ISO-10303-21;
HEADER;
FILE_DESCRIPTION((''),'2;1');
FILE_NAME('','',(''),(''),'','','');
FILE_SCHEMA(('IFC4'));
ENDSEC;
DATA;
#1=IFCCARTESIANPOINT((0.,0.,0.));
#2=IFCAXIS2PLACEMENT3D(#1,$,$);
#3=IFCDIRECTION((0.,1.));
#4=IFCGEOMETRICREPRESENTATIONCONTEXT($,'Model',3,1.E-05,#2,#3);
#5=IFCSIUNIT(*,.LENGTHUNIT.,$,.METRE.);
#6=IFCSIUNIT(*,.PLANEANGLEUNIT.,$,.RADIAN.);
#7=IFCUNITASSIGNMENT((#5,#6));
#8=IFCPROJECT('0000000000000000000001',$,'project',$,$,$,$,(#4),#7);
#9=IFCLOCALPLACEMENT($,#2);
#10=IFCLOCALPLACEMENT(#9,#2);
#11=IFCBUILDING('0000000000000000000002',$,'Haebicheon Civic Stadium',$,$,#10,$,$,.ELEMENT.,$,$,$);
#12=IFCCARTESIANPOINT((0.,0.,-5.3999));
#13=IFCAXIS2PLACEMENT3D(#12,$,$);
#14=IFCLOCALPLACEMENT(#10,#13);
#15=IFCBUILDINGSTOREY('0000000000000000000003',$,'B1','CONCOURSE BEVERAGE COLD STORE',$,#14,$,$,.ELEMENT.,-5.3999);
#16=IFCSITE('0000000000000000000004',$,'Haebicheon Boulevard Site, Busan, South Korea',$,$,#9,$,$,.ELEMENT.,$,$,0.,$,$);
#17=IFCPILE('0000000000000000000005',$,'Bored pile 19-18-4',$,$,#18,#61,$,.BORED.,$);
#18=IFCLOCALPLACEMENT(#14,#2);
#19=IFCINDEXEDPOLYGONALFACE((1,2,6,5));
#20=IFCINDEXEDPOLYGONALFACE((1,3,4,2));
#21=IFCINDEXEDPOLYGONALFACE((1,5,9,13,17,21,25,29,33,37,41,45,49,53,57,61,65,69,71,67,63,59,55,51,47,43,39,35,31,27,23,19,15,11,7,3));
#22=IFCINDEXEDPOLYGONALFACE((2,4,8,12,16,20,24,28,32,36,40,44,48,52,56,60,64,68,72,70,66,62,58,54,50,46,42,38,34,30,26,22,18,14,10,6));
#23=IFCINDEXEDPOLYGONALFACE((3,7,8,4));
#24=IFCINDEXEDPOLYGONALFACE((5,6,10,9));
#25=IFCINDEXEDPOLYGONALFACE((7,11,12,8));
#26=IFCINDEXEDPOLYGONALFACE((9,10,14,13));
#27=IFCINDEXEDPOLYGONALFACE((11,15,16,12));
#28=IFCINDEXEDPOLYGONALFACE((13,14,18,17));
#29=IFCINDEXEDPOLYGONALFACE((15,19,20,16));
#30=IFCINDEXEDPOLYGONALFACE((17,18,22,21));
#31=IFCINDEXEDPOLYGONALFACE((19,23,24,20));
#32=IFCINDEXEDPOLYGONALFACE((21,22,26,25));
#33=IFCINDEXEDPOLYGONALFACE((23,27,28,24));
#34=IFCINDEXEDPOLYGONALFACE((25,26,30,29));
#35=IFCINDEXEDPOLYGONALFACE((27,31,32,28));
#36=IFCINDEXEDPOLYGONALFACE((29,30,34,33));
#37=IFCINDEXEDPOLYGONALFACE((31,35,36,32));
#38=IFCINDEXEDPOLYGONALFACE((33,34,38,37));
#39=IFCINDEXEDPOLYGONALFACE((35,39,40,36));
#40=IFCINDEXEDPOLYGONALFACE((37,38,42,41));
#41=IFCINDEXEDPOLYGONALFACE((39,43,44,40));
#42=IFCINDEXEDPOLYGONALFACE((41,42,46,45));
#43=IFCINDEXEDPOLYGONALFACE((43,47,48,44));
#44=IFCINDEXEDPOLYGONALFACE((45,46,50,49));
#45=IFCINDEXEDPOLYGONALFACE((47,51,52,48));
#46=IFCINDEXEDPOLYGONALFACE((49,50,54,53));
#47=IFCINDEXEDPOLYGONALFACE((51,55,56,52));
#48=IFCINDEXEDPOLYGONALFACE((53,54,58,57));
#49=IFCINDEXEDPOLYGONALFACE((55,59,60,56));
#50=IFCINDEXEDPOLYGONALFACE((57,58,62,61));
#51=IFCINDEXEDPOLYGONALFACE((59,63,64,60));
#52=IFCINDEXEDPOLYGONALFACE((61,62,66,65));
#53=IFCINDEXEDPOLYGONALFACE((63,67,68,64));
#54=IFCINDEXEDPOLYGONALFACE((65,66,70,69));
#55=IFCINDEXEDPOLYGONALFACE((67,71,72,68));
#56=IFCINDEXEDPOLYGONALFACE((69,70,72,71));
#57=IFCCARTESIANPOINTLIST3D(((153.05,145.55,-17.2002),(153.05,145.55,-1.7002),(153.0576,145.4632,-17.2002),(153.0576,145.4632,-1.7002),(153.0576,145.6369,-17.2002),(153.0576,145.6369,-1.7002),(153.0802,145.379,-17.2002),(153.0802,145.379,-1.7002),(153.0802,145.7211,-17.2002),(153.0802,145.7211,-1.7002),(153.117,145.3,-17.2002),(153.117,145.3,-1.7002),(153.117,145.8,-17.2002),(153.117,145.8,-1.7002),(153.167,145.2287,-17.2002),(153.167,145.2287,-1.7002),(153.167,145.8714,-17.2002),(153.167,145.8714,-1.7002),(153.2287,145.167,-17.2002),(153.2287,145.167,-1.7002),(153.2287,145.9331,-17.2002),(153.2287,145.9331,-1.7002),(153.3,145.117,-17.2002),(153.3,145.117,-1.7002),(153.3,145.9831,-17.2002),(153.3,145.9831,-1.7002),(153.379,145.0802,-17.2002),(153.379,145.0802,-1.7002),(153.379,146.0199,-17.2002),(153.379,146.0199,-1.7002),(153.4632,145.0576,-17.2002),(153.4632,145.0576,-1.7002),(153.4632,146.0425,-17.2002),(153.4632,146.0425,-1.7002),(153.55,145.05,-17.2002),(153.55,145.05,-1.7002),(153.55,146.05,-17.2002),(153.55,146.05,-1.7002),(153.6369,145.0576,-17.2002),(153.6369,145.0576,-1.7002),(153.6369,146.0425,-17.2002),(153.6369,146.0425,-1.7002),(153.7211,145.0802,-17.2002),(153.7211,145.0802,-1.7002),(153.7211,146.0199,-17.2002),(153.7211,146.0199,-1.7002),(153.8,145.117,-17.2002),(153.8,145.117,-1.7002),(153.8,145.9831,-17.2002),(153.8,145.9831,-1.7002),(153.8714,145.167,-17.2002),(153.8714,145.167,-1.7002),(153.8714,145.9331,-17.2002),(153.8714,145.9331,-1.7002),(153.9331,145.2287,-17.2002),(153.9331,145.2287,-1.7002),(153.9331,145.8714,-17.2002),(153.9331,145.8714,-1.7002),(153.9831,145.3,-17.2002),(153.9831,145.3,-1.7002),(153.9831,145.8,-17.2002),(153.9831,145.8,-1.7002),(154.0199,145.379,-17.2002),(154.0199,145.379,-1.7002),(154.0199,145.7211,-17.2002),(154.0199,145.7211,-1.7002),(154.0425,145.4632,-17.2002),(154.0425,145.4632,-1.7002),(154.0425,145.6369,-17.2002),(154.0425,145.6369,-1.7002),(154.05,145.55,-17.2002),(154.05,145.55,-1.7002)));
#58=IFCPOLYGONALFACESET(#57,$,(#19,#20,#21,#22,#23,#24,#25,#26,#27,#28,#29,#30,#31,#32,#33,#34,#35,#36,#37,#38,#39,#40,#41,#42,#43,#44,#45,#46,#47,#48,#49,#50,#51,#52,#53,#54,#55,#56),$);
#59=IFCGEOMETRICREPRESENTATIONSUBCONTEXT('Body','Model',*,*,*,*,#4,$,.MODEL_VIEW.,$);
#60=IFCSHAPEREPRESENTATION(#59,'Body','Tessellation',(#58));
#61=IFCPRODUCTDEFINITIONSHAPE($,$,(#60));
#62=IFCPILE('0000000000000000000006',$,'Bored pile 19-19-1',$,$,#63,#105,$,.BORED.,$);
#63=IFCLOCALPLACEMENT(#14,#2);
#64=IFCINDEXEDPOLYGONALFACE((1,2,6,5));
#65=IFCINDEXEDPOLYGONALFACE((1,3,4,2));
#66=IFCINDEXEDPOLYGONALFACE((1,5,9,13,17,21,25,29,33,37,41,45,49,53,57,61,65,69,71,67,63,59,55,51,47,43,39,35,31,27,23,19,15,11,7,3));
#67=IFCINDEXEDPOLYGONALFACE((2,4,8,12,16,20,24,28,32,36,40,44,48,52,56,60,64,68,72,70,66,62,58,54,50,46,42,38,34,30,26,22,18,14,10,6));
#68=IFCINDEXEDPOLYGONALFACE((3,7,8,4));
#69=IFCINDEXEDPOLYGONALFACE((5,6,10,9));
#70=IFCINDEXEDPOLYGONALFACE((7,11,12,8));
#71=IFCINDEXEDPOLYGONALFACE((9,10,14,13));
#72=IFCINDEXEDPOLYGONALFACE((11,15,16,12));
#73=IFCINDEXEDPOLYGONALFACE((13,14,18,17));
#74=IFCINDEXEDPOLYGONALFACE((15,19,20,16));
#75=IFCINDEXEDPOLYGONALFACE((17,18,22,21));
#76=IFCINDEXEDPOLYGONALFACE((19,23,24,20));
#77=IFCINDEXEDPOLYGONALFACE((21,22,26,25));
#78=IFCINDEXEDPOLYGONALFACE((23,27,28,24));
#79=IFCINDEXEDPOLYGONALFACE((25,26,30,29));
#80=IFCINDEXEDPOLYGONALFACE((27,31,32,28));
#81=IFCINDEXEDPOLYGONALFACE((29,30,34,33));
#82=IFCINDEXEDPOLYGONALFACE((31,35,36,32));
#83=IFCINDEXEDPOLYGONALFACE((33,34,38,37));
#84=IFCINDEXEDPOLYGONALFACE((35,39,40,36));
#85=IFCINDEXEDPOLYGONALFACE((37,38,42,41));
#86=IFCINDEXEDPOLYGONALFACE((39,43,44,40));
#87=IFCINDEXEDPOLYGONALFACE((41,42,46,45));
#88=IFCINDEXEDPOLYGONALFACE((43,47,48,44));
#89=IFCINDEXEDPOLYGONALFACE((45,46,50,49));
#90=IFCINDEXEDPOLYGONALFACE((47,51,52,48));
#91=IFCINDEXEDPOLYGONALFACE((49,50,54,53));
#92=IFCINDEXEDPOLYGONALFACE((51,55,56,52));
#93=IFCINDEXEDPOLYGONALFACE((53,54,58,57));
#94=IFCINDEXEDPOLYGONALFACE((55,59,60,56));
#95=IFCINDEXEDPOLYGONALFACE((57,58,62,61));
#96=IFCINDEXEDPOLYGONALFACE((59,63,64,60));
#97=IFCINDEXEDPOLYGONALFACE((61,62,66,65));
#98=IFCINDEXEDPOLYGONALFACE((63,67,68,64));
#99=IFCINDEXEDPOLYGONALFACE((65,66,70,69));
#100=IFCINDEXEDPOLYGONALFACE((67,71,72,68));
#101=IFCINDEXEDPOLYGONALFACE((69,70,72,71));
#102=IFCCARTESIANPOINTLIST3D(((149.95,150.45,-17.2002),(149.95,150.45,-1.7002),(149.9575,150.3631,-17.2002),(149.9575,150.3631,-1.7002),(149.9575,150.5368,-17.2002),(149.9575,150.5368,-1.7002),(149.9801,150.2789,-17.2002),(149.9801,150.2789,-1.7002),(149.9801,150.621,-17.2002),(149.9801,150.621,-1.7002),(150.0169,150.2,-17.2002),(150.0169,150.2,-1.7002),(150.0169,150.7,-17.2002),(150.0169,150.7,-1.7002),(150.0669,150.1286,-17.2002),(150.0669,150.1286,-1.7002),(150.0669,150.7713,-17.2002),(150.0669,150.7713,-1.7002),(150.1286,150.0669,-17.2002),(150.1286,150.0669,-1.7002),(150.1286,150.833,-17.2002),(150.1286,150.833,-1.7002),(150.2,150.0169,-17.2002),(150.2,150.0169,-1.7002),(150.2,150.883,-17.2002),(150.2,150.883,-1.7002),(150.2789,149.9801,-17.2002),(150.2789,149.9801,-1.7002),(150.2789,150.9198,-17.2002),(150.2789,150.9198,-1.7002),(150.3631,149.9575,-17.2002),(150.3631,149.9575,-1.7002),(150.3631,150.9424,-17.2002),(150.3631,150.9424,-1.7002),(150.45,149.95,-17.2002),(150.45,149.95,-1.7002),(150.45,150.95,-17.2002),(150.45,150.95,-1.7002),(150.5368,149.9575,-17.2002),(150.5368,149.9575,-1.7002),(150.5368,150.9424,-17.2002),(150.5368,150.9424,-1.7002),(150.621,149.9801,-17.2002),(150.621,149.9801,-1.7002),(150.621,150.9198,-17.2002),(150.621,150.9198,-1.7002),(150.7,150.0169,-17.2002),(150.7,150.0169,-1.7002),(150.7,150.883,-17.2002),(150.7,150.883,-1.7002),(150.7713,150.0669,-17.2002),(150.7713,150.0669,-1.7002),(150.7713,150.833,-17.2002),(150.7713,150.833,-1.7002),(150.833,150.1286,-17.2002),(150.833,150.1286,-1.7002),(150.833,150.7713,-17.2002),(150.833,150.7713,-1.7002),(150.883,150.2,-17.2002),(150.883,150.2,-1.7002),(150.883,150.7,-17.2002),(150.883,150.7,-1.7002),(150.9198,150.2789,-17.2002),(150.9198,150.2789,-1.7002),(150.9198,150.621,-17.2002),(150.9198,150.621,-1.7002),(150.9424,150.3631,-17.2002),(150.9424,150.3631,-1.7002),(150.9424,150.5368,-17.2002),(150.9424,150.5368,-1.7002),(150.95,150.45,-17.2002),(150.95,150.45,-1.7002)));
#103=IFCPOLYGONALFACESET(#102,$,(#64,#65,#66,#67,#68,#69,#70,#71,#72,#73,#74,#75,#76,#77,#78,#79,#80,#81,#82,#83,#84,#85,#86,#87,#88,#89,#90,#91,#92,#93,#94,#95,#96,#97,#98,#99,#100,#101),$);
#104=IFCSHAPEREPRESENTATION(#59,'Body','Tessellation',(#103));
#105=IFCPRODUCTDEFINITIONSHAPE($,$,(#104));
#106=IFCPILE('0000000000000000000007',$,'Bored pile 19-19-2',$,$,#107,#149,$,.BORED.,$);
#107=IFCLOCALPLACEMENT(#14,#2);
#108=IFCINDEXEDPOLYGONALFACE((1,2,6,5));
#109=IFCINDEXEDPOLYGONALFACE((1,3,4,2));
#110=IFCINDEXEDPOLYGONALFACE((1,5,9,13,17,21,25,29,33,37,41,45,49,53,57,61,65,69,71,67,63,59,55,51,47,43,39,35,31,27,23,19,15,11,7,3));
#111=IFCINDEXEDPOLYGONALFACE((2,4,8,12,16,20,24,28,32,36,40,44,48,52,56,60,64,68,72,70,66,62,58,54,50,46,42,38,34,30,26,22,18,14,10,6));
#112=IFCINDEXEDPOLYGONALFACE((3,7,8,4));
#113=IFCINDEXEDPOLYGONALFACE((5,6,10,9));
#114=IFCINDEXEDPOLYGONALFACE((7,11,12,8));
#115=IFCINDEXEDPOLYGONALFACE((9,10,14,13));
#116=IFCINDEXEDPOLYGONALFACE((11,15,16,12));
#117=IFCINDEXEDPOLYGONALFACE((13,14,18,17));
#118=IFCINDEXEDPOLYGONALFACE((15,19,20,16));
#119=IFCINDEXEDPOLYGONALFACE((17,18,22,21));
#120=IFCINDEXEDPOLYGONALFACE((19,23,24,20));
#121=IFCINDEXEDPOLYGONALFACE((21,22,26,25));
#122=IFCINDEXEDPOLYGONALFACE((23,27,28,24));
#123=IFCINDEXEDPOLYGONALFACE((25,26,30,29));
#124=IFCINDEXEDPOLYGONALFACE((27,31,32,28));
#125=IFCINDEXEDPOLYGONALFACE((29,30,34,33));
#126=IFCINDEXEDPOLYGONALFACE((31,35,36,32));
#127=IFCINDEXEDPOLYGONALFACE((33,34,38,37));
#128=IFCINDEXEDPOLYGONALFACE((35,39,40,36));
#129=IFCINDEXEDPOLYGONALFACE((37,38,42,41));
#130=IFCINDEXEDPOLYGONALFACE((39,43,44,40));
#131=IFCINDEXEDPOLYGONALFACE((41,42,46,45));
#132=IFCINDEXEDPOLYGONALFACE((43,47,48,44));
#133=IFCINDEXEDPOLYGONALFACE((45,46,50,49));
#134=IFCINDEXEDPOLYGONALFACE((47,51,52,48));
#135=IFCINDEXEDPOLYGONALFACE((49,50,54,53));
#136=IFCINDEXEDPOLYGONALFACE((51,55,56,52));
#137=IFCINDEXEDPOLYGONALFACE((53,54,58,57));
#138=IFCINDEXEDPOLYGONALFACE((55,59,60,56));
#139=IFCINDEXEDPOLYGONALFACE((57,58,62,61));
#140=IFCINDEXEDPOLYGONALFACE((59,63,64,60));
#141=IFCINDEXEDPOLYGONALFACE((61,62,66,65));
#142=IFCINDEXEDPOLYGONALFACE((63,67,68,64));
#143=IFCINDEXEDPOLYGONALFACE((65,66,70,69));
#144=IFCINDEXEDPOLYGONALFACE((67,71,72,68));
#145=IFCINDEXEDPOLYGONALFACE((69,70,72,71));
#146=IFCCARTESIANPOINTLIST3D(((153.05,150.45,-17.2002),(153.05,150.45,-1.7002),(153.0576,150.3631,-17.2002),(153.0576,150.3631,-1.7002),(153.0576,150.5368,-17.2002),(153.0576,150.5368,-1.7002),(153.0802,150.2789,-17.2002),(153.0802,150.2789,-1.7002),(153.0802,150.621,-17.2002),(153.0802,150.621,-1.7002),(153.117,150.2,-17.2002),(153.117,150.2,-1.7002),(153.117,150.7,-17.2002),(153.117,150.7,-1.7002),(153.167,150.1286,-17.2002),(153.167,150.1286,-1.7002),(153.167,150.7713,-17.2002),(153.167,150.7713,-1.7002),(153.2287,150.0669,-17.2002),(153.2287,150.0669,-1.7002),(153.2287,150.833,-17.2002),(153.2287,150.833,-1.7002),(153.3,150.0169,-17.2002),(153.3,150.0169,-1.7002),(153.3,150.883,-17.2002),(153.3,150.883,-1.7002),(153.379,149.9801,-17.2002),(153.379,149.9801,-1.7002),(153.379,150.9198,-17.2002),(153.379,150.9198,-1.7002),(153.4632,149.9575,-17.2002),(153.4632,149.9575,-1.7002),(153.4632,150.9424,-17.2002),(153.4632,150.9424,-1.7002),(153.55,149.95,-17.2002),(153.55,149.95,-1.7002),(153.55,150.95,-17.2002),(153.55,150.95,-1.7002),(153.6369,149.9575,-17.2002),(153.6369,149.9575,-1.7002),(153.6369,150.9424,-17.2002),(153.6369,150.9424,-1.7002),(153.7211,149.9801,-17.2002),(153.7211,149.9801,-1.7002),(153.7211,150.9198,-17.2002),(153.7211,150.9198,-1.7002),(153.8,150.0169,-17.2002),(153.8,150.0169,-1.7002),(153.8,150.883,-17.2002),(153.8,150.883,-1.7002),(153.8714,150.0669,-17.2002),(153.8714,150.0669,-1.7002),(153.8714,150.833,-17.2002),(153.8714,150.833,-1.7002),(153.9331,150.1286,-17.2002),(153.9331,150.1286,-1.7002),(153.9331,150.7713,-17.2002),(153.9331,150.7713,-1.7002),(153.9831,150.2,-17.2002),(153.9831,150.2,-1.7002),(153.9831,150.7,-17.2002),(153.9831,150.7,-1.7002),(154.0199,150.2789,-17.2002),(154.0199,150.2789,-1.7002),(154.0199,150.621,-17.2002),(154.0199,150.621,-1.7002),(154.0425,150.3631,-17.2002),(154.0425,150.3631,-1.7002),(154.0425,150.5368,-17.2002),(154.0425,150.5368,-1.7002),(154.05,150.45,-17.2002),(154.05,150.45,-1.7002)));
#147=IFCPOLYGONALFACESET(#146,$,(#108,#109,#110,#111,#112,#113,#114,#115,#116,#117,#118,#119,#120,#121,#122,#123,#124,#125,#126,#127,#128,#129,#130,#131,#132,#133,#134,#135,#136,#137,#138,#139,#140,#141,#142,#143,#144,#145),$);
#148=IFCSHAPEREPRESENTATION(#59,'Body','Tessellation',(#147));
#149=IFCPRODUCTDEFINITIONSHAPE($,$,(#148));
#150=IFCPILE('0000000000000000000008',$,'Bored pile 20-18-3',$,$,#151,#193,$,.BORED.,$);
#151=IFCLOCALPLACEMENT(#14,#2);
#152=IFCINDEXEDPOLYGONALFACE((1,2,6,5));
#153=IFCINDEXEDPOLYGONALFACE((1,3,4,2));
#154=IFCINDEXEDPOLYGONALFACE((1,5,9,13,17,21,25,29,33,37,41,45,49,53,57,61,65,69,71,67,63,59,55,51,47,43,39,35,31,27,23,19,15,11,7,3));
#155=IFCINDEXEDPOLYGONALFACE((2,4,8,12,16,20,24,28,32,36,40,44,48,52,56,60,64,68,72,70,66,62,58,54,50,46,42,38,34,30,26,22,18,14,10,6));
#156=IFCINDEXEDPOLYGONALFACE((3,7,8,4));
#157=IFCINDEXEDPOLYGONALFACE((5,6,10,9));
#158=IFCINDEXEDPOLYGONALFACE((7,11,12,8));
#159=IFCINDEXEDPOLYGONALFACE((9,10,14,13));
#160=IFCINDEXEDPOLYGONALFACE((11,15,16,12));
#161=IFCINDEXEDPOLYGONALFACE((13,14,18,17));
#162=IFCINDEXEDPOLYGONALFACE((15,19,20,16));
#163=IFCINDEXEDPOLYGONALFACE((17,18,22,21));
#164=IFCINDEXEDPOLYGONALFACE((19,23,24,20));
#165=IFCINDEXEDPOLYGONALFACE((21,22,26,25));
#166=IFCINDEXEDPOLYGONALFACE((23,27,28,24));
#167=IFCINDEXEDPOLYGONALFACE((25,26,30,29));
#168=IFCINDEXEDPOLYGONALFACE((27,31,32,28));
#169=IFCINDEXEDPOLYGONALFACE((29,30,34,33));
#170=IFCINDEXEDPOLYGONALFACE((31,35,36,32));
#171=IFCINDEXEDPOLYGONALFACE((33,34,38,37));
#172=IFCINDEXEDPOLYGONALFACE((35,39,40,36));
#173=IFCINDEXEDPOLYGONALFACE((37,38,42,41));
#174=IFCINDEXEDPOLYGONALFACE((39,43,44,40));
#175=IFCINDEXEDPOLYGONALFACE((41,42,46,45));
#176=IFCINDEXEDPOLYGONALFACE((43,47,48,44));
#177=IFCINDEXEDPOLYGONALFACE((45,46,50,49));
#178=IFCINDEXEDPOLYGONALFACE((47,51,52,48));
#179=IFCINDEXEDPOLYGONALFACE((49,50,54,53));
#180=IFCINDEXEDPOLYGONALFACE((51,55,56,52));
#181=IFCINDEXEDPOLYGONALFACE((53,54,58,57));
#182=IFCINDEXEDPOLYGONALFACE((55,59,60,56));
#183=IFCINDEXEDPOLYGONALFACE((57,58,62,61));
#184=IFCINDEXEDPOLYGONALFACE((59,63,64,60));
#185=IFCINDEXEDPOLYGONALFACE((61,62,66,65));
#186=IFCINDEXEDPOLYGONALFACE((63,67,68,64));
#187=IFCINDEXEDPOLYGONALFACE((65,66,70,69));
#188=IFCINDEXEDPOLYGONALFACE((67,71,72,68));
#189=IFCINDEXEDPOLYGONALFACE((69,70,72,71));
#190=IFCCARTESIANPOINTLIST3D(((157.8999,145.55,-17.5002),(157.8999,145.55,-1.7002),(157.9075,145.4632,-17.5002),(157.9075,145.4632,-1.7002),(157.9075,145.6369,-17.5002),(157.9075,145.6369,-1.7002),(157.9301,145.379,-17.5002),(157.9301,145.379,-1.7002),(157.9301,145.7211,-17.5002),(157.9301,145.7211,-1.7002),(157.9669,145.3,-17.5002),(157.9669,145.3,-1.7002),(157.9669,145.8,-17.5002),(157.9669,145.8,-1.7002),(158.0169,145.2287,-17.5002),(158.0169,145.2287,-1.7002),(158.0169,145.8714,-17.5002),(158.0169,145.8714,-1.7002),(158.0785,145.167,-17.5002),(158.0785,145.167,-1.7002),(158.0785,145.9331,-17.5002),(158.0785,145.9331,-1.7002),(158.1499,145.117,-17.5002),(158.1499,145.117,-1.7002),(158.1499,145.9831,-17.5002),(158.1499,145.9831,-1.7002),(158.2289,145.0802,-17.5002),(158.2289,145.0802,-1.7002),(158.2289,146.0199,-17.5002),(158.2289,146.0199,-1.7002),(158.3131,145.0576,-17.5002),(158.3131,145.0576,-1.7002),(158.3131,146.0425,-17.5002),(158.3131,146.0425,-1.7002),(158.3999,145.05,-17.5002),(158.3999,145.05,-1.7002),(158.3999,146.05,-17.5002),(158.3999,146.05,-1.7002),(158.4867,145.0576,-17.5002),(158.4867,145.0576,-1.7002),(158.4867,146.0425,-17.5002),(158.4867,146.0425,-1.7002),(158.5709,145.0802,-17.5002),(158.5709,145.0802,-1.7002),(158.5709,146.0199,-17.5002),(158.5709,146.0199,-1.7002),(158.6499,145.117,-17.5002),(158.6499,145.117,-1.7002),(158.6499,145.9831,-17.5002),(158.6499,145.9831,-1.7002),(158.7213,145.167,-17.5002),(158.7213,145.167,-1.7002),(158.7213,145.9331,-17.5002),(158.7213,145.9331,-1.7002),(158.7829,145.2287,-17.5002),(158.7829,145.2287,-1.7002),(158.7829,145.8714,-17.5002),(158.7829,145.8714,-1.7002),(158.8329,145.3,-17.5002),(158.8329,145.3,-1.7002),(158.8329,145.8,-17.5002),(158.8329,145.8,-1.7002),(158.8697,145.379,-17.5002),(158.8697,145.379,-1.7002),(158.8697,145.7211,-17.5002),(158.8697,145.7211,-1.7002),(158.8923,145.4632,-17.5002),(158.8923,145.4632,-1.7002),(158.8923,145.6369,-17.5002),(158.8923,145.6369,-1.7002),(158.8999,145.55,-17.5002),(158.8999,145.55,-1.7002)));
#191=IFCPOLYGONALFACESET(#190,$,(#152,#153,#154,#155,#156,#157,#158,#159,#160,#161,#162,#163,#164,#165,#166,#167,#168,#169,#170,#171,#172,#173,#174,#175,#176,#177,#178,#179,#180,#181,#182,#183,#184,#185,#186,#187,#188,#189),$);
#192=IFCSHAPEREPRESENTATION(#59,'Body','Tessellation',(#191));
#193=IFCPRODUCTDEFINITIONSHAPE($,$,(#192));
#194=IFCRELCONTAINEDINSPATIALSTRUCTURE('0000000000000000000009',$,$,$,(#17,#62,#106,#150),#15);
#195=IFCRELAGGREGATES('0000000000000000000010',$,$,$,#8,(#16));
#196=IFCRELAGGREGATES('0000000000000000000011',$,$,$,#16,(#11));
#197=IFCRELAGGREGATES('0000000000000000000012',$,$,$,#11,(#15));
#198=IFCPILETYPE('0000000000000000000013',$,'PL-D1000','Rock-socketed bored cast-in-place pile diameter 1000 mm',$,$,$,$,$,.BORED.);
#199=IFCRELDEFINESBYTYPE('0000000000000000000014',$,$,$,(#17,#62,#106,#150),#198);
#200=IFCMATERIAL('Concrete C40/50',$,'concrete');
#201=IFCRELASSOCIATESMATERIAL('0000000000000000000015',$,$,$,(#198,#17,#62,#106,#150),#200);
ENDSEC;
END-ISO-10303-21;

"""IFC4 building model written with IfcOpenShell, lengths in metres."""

from ifc_helpers import new_model, si_unit, direction, frame, origin, origin_2d, place, context, subcontext, project, spatial, circle, extrude, material, material_profile, profile_set, type_object, element, save


model = new_model("IFC4")

# Units and contexts
model_context = context("Model", 3, precision=1e-05, world=origin(), true_north=direction((0.0, 1.0)))
body_context = subcontext(model_context, "Body", "Model", "MODEL_VIEW")
ifc_project = project(units=[si_unit("LENGTHUNIT", "METRE"), si_unit("PLANEANGLEUNIT", "RADIAN")], contexts=[model_context])

# Site, building, storey
site_placement = place(None, origin())
site = spatial("IfcSite", under=ifc_project, at=site_placement, Name="Haebicheon Boulevard Site, Busan, South Korea", CompositionType="ELEMENT", RefElevation=0.0)
building_placement = place(site_placement, origin())
building = spatial("IfcBuilding", under=site, at=building_placement, Name="Haebicheon Civic Stadium", CompositionType="ELEMENT")
storey_placement = place(building_placement, frame((0.0, 0.0, -5.3999)))
storey = spatial("IfcBuildingStorey", under=building, at=storey_placement, Name="B1", Description="CONCOURSE BEVERAGE COLD STORE", CompositionType="ELEMENT", Elevation=-5.3999)

# Piles
ifc_material_1 = material(Name="Concrete C40/50", Category="concrete")
ifc_material_profile_1 = material_profile(ifc_material_1, circle(Radius=0.5, at=origin_2d()), Name="PILE-D1000")
ifc_profile_set_1 = profile_set([ifc_material_profile_1], Name="Concrete C40/50")
pile_type = type_object("IfcPileType", Name="PL-D1000", Description="Rock-socketed bored cast-in-place pile diameter 1000 mm", PredefinedType="BORED", material=ifc_profile_set_1)
for number, where, z_axis, x_axis, name in (
    (1, (153.55, 145.55, -1.7002), (0.0, 0.0, -1.0), (1.0, 0.0, 0.0), "Bored pile 19-18-4"),
    (2, (150.45, 150.45, -1.7002), (0.0, 0.0, -1.0), (1.0, 0.0, 0.0), "Bored pile 19-19-1"),
    (3, (153.55, 150.45, -1.7002), (0.0, 0.0, -1.0), (1.0, 0.0, 0.0), "Bored pile 19-19-2"),
):
    element("IfcPile", number, at=place(storey_placement, frame(where, z_axis=z_axis, x_axis=x_axis)), inside=storey, type_object=pile_type, material=ifc_profile_set_1, Name=name, PredefinedType="BORED", context=body_context, shape_type="SweptSolid", body=[
        extrude(circle(Radius=0.5, at=origin_2d()), origin(), (0.0, 0.0, 1.0), 15.5),
    ])
for number, where, z_axis, x_axis, name in (
    (4, (158.3999, 145.55, -1.7002), (0.0, 0.0, -1.0), (1.0, 0.0, 0.0), "Bored pile 20-18-3"),
):
    element("IfcPile", number, at=place(storey_placement, frame(where, z_axis=z_axis, x_axis=x_axis)), inside=storey, type_object=pile_type, material=ifc_profile_set_1, Name=name, PredefinedType="BORED", context=body_context, shape_type="SweptSolid", body=[
        extrude(circle(Radius=0.5, at=origin_2d()), origin(), (0.0, 0.0, 1.0), 15.8),
    ])

save(model, "model.ifc")
